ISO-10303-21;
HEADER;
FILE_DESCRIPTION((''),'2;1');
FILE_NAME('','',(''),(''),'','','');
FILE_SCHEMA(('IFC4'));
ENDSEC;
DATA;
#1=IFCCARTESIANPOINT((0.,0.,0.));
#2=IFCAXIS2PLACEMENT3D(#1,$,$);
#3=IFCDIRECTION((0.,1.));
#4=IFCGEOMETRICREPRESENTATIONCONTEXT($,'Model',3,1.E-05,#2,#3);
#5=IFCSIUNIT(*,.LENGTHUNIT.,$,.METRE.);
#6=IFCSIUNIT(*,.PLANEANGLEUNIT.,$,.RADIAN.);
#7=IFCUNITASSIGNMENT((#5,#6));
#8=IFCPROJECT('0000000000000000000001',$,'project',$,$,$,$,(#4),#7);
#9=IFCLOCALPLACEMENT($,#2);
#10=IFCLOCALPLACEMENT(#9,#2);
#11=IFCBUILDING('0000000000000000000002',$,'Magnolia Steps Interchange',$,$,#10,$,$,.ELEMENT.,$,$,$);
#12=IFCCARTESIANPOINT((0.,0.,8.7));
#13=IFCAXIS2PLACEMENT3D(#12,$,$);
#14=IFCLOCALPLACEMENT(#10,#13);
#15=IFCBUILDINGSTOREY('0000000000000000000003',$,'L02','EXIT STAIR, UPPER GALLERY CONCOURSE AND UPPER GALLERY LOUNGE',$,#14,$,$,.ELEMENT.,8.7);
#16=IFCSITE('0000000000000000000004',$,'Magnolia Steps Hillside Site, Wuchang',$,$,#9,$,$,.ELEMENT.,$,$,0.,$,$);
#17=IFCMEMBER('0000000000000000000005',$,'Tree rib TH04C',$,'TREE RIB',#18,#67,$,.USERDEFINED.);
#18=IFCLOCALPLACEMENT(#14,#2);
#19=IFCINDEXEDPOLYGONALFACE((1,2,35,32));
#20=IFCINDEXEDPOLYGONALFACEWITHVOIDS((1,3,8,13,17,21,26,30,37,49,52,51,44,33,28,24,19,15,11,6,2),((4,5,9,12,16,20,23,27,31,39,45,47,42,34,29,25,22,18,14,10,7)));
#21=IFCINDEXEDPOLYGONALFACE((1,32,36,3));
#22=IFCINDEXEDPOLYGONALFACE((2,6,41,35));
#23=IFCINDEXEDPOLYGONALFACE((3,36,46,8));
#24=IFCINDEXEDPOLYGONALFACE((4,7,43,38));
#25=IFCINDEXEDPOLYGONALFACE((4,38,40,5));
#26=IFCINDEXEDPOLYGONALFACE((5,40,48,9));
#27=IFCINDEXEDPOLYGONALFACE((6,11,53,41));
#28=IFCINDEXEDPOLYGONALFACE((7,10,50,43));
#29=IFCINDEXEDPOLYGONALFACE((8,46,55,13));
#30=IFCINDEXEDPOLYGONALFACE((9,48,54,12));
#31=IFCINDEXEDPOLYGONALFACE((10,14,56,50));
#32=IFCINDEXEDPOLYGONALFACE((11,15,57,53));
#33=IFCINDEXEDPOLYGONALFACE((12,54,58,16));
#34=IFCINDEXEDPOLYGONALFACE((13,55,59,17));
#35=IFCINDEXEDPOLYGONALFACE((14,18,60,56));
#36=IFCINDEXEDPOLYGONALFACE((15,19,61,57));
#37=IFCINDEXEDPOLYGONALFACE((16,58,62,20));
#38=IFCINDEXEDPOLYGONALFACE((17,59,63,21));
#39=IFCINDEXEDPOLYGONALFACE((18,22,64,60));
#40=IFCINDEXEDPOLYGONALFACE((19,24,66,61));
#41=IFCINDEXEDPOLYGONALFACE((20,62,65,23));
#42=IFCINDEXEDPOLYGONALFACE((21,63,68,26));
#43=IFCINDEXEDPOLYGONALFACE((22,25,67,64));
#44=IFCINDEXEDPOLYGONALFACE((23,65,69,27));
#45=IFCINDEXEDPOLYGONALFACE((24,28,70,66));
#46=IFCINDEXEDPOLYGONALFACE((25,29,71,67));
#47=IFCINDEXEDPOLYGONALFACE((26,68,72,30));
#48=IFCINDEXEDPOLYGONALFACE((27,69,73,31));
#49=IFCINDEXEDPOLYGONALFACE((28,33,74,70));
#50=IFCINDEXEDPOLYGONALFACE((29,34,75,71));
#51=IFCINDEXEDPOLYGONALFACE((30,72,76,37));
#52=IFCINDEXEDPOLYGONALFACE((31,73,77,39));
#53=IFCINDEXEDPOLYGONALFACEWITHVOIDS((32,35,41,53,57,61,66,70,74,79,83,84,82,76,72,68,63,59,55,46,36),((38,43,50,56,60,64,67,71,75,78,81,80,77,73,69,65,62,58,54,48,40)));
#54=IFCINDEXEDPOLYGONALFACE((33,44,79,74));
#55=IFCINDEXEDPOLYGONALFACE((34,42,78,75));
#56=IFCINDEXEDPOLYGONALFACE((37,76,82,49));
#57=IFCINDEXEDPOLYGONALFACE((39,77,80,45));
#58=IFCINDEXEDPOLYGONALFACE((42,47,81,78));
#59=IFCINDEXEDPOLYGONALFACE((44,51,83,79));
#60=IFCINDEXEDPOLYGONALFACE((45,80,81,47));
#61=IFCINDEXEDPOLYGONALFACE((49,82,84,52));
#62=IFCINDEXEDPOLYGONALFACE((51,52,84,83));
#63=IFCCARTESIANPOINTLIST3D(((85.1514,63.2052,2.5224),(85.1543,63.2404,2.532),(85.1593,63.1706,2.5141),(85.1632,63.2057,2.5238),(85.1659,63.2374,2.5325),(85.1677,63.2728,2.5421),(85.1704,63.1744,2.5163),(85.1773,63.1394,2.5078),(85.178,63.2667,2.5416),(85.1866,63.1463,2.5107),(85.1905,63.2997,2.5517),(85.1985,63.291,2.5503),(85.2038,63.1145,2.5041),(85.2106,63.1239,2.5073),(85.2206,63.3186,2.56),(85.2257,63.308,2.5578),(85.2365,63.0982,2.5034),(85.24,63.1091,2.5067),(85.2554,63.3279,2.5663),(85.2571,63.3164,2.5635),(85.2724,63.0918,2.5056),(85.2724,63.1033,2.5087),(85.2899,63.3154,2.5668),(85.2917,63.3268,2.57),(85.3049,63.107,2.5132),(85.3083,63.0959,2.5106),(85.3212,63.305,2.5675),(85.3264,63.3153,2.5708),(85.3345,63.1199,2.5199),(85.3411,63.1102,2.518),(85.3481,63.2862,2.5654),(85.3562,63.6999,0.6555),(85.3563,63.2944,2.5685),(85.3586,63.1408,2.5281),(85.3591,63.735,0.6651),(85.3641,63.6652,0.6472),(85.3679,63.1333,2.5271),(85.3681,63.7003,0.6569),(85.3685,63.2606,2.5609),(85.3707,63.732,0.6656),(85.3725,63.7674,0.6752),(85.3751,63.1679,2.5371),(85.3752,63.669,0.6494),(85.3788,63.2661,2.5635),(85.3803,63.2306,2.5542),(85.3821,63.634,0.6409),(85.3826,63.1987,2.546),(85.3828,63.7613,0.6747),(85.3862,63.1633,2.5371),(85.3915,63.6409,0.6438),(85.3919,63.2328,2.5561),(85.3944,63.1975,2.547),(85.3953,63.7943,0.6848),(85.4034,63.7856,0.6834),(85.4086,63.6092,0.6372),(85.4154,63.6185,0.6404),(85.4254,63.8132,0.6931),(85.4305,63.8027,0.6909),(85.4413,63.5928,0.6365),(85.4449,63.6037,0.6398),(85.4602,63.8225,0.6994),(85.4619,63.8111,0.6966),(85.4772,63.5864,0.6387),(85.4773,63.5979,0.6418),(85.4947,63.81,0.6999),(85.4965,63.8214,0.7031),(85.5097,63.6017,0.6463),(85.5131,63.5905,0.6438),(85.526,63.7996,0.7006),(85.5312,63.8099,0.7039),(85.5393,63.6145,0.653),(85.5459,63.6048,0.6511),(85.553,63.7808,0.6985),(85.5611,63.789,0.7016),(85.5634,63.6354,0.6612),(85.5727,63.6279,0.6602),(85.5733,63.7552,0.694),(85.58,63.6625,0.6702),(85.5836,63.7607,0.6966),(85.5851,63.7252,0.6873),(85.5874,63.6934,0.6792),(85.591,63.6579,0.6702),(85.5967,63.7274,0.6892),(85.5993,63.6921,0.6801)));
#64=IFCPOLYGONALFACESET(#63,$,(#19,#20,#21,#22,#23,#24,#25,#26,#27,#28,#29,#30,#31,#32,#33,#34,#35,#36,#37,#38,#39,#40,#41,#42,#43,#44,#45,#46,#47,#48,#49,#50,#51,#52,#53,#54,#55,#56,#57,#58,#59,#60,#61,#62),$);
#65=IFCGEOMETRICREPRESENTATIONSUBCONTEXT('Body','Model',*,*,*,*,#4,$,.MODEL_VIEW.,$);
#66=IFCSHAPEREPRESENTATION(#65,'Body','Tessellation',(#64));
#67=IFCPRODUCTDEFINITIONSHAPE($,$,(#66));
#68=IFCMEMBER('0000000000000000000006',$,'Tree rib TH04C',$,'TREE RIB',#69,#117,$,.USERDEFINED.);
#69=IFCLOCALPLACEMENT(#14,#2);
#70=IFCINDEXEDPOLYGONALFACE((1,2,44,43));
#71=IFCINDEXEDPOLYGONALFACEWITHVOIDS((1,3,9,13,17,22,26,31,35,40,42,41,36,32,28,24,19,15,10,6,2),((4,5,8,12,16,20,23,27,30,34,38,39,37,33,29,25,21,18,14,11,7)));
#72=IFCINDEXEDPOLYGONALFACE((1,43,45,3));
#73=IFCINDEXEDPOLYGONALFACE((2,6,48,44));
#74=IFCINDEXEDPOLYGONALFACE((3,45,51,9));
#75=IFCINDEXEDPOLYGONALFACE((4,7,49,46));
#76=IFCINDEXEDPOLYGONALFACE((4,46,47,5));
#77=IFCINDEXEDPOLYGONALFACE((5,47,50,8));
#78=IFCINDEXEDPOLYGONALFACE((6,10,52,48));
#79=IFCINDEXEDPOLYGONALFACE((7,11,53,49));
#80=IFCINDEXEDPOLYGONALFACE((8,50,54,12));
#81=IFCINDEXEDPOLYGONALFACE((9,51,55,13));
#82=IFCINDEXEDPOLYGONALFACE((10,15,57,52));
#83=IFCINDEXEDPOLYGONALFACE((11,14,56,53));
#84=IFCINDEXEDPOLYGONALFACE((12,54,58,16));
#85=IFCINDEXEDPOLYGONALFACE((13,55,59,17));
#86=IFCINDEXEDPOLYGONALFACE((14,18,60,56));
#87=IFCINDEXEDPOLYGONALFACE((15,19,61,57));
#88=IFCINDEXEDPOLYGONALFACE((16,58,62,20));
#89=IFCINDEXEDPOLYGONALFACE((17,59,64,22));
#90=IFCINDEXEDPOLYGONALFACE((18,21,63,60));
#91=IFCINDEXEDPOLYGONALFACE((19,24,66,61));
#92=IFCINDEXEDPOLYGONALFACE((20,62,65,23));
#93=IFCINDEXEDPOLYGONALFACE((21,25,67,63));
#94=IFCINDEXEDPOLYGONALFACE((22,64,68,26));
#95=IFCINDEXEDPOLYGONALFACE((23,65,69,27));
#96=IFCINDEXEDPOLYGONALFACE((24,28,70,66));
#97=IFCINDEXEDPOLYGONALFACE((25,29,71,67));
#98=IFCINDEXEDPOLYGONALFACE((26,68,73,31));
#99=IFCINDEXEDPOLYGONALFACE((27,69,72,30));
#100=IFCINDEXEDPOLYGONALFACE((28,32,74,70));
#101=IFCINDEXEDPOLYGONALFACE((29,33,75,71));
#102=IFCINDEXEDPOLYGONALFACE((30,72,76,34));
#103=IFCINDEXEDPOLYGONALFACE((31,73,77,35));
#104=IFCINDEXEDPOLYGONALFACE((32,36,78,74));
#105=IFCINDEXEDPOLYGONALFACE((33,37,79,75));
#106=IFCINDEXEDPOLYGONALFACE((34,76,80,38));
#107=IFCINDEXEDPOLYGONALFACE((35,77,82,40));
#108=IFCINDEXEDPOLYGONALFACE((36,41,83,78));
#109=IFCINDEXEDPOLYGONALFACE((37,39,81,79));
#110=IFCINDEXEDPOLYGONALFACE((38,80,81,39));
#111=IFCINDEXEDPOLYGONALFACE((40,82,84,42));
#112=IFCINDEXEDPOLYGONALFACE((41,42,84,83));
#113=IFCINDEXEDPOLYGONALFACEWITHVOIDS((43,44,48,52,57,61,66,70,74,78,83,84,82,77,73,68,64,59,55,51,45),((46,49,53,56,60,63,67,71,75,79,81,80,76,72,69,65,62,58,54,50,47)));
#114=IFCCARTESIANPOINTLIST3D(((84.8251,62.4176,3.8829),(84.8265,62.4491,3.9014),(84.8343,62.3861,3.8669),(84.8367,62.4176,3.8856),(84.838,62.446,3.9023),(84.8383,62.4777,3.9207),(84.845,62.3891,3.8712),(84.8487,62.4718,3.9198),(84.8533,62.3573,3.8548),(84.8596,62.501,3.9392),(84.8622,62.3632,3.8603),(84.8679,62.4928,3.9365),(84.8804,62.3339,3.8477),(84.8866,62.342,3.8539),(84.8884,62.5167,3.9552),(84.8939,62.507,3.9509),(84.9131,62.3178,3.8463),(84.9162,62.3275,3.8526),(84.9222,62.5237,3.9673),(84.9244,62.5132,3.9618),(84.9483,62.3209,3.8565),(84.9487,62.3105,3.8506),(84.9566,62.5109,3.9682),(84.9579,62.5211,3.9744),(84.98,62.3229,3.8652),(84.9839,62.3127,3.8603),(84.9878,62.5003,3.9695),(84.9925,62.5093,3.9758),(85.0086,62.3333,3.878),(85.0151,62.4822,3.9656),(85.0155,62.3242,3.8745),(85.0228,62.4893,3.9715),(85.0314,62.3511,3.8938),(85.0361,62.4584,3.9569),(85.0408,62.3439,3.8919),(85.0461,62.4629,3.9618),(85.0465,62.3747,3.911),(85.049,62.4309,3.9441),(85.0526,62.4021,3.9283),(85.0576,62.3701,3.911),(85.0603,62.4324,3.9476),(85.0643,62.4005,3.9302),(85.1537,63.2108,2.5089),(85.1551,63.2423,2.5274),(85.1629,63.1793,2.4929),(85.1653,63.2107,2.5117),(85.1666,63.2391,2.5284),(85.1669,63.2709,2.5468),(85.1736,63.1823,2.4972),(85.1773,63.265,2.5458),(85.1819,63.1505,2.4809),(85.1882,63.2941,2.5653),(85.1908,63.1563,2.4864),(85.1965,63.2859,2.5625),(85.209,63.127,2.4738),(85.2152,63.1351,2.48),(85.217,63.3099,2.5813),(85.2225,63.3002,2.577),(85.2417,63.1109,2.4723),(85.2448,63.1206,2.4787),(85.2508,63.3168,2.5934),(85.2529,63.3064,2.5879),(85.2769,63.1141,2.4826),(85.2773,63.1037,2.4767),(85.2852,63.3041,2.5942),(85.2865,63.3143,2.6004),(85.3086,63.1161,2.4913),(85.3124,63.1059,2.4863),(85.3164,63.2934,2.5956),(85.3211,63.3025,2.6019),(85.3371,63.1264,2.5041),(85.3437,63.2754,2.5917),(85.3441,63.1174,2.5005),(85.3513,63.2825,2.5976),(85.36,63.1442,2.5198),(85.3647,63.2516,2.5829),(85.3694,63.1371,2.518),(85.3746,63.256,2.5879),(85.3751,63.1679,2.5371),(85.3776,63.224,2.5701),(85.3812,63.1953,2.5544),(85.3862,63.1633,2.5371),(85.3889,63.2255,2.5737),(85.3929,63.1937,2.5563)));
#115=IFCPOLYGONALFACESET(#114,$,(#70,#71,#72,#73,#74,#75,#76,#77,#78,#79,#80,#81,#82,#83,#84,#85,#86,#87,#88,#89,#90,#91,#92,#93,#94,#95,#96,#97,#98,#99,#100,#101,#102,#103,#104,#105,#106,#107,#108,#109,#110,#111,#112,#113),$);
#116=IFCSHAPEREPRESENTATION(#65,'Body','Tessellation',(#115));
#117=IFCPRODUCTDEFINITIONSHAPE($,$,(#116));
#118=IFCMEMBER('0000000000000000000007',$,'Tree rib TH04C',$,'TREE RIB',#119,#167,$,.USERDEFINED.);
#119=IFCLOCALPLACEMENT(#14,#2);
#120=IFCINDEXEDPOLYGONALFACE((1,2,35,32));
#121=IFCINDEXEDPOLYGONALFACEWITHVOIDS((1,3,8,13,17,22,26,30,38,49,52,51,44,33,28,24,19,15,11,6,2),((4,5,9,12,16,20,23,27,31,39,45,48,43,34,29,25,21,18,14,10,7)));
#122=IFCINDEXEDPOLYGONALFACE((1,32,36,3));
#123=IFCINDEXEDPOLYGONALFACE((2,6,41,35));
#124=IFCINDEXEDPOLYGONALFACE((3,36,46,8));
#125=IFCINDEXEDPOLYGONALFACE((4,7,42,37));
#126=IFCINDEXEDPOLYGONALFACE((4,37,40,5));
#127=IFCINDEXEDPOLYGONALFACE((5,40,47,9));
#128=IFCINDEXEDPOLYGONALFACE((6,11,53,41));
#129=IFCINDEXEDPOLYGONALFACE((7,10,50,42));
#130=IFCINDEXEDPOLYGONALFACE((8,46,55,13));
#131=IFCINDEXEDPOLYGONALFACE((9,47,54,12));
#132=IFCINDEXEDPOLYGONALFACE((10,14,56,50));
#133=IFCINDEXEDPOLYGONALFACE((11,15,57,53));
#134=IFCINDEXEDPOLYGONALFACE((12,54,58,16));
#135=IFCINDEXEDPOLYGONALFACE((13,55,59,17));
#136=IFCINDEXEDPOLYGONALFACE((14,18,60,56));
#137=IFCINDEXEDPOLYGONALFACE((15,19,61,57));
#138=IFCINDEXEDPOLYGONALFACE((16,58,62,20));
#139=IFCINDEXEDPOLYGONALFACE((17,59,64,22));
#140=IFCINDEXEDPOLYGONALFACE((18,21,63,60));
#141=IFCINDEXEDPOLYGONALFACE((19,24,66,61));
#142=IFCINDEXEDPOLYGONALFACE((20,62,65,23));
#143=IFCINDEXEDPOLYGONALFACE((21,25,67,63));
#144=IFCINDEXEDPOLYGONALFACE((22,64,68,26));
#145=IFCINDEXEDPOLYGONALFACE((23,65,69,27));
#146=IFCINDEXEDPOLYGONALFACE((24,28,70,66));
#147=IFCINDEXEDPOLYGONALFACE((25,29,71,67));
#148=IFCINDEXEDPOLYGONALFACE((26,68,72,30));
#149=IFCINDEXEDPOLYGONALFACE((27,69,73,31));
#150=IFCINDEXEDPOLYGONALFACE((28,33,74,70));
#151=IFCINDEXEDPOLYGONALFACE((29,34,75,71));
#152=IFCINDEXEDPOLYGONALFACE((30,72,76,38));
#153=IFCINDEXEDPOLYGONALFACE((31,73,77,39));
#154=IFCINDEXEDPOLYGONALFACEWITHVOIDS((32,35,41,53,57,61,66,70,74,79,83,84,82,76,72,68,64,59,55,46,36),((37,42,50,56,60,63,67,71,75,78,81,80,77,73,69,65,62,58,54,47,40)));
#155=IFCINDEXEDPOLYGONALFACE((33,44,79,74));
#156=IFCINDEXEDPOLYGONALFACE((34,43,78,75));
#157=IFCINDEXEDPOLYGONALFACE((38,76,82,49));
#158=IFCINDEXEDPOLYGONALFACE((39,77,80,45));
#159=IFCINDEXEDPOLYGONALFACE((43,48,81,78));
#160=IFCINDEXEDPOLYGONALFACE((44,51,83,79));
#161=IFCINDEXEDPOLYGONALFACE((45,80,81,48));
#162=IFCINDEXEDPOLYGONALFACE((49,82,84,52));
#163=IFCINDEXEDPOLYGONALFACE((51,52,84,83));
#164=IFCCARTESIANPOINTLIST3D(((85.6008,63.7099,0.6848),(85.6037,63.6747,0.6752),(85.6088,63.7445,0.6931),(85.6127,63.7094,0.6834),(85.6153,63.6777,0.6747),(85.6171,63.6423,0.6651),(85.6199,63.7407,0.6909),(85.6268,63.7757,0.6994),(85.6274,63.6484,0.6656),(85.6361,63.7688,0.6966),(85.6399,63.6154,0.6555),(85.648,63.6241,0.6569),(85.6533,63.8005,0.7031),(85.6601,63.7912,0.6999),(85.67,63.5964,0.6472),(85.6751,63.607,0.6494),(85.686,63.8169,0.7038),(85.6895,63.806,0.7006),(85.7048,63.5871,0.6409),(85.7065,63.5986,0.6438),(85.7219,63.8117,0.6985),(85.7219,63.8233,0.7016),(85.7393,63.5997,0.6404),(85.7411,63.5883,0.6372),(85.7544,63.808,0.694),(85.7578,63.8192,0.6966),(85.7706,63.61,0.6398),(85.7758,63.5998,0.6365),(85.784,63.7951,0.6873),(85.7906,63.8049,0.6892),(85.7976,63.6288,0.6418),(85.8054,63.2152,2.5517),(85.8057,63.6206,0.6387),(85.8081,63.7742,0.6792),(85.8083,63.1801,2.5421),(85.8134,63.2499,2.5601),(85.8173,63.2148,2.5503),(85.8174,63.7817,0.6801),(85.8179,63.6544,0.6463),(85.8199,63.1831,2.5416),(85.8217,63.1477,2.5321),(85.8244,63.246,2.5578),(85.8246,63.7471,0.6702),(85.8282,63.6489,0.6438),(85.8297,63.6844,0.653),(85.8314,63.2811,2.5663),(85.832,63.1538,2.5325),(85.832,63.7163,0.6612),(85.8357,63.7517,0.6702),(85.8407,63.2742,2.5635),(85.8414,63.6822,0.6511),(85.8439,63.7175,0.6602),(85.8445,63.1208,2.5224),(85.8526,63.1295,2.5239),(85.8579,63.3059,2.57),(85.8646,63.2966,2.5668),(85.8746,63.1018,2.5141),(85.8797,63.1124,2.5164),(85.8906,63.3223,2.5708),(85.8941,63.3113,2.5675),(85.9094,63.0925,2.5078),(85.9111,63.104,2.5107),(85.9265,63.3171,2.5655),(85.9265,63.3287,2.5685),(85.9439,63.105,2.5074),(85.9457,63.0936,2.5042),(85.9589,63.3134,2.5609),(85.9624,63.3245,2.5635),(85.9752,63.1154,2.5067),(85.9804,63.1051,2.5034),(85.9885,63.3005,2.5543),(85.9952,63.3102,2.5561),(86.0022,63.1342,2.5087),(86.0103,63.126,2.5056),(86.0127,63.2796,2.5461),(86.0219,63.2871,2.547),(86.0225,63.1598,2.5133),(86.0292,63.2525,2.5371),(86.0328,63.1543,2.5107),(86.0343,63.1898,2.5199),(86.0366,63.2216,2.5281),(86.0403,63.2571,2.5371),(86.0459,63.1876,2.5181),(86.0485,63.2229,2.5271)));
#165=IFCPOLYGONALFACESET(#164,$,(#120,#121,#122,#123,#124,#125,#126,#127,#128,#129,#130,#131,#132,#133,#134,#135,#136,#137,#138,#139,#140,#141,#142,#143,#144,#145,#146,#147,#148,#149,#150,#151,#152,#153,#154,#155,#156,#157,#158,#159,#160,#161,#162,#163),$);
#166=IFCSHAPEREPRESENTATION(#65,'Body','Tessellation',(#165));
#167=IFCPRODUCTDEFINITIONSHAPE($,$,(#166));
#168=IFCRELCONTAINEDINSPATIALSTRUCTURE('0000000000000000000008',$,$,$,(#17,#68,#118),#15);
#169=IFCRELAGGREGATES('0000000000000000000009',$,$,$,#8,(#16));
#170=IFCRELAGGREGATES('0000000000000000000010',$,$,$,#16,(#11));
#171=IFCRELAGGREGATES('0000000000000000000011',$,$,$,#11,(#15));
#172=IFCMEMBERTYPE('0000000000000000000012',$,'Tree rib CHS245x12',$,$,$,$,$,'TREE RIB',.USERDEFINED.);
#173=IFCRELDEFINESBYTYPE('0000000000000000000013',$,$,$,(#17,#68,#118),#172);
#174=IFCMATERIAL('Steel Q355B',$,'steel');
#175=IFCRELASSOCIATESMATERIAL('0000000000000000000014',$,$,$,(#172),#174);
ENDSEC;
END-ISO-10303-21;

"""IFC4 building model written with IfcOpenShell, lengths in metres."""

from ifc_helpers import new_model, si_unit, direction, frame, origin, origin_2d, place, context, subcontext, project, spatial, hollow_circle, extrude, material, material_profile, profile_set, type_object, element, save


model = new_model("IFC4")

# Units and contexts
model_context = context("Model", 3, precision=1e-05, world=origin(), true_north=direction((0.0, 1.0)))
body_context = subcontext(model_context, "Body", "Model", "MODEL_VIEW")
ifc_project = project(units=[si_unit("LENGTHUNIT", "METRE"), si_unit("PLANEANGLEUNIT", "RADIAN")], contexts=[model_context])

# Site, building, storey
site_placement = place(None, origin())
site = spatial("IfcSite", under=ifc_project, at=site_placement, Name="Magnolia Steps Hillside Site, Wuchang", CompositionType="ELEMENT", RefElevation=0.0)
building_placement = place(site_placement, origin())
building = spatial("IfcBuilding", under=site, at=building_placement, Name="Magnolia Steps Interchange", CompositionType="ELEMENT")
storey_placement = place(building_placement, frame((0.0, 0.0, 8.7)))
storey = spatial("IfcBuildingStorey", under=building, at=storey_placement, Name="L02", Description="EXIT STAIR, UPPER GALLERY CONCOURSE AND UPPER GALLERY LOUNGE", CompositionType="ELEMENT", Elevation=8.7)

# Members
ifc_material_1 = material(Name="Steel Q355B", Category="steel")
ifc_material_profile_1 = material_profile(ifc_material_1, hollow_circle(Radius=0.1226, WallThickness=0.012, at=origin_2d()), Name="CHS245x12")
ifc_profile_set_1 = profile_set([ifc_material_profile_1], Name="Steel Q355B")
member_type = type_object("IfcMemberType", Name="Tree rib CHS245x12", ElementType="TREE RIB", PredefinedType="USERDEFINED", material=ifc_profile_set_1)
member_1_placement = place(storey_placement, frame((85.4778, 63.7048, 0.6702), z_axis=(-0.105466, -0.254676, 0.961258), x_axis=(0.923911, -0.382607, 0.0)))
element("IfcMember", 1, at=member_1_placement, inside=storey, type_object=member_type, Name="Tree rib TH04C", ObjectType="TREE RIB", PredefinedType="USERDEFINED", context=body_context, shape_type="SweptSolid", body=[
    extrude(hollow_circle(Radius=0.1226, WallThickness=0.012, at=origin_2d()), origin(), (0.0, 0.0, 1.0), 1.9421),
])
member_2_placement = place(storey_placement, frame((85.2729, 63.2102, 2.5371), z_axis=(-0.20282, -0.489571, 0.848047), x_axis=(0.923857, -0.382737, 0.0)))
element("IfcMember", 2, at=member_2_placement, inside=storey, type_object=member_type, Name="Tree rib TH04C", ObjectType="TREE RIB", PredefinedType="USERDEFINED", context=body_context, shape_type="SweptSolid", body=[
    extrude(hollow_circle(Radius=0.1226, WallThickness=0.012, at=origin_2d()), origin(), (0.0, 0.0, 1.0), 1.6201),
])
member_3_placement = place(storey_placement, frame((85.7224, 63.7048, 0.6702), z_axis=(0.105341, -0.25468, 0.961271), x_axis=(0.924072, 0.382218, 0.0)))
element("IfcMember", 3, at=member_3_placement, inside=storey, type_object=member_type, Name="Tree rib TH04C", ObjectType="TREE RIB", PredefinedType="USERDEFINED", context=body_context, shape_type="SweptSolid", body=[
    extrude(hollow_circle(Radius=0.1226, WallThickness=0.012, at=origin_2d()), origin(), (0.0, 0.0, 1.0), 1.9421),
])

save(model, "model.ifc")
